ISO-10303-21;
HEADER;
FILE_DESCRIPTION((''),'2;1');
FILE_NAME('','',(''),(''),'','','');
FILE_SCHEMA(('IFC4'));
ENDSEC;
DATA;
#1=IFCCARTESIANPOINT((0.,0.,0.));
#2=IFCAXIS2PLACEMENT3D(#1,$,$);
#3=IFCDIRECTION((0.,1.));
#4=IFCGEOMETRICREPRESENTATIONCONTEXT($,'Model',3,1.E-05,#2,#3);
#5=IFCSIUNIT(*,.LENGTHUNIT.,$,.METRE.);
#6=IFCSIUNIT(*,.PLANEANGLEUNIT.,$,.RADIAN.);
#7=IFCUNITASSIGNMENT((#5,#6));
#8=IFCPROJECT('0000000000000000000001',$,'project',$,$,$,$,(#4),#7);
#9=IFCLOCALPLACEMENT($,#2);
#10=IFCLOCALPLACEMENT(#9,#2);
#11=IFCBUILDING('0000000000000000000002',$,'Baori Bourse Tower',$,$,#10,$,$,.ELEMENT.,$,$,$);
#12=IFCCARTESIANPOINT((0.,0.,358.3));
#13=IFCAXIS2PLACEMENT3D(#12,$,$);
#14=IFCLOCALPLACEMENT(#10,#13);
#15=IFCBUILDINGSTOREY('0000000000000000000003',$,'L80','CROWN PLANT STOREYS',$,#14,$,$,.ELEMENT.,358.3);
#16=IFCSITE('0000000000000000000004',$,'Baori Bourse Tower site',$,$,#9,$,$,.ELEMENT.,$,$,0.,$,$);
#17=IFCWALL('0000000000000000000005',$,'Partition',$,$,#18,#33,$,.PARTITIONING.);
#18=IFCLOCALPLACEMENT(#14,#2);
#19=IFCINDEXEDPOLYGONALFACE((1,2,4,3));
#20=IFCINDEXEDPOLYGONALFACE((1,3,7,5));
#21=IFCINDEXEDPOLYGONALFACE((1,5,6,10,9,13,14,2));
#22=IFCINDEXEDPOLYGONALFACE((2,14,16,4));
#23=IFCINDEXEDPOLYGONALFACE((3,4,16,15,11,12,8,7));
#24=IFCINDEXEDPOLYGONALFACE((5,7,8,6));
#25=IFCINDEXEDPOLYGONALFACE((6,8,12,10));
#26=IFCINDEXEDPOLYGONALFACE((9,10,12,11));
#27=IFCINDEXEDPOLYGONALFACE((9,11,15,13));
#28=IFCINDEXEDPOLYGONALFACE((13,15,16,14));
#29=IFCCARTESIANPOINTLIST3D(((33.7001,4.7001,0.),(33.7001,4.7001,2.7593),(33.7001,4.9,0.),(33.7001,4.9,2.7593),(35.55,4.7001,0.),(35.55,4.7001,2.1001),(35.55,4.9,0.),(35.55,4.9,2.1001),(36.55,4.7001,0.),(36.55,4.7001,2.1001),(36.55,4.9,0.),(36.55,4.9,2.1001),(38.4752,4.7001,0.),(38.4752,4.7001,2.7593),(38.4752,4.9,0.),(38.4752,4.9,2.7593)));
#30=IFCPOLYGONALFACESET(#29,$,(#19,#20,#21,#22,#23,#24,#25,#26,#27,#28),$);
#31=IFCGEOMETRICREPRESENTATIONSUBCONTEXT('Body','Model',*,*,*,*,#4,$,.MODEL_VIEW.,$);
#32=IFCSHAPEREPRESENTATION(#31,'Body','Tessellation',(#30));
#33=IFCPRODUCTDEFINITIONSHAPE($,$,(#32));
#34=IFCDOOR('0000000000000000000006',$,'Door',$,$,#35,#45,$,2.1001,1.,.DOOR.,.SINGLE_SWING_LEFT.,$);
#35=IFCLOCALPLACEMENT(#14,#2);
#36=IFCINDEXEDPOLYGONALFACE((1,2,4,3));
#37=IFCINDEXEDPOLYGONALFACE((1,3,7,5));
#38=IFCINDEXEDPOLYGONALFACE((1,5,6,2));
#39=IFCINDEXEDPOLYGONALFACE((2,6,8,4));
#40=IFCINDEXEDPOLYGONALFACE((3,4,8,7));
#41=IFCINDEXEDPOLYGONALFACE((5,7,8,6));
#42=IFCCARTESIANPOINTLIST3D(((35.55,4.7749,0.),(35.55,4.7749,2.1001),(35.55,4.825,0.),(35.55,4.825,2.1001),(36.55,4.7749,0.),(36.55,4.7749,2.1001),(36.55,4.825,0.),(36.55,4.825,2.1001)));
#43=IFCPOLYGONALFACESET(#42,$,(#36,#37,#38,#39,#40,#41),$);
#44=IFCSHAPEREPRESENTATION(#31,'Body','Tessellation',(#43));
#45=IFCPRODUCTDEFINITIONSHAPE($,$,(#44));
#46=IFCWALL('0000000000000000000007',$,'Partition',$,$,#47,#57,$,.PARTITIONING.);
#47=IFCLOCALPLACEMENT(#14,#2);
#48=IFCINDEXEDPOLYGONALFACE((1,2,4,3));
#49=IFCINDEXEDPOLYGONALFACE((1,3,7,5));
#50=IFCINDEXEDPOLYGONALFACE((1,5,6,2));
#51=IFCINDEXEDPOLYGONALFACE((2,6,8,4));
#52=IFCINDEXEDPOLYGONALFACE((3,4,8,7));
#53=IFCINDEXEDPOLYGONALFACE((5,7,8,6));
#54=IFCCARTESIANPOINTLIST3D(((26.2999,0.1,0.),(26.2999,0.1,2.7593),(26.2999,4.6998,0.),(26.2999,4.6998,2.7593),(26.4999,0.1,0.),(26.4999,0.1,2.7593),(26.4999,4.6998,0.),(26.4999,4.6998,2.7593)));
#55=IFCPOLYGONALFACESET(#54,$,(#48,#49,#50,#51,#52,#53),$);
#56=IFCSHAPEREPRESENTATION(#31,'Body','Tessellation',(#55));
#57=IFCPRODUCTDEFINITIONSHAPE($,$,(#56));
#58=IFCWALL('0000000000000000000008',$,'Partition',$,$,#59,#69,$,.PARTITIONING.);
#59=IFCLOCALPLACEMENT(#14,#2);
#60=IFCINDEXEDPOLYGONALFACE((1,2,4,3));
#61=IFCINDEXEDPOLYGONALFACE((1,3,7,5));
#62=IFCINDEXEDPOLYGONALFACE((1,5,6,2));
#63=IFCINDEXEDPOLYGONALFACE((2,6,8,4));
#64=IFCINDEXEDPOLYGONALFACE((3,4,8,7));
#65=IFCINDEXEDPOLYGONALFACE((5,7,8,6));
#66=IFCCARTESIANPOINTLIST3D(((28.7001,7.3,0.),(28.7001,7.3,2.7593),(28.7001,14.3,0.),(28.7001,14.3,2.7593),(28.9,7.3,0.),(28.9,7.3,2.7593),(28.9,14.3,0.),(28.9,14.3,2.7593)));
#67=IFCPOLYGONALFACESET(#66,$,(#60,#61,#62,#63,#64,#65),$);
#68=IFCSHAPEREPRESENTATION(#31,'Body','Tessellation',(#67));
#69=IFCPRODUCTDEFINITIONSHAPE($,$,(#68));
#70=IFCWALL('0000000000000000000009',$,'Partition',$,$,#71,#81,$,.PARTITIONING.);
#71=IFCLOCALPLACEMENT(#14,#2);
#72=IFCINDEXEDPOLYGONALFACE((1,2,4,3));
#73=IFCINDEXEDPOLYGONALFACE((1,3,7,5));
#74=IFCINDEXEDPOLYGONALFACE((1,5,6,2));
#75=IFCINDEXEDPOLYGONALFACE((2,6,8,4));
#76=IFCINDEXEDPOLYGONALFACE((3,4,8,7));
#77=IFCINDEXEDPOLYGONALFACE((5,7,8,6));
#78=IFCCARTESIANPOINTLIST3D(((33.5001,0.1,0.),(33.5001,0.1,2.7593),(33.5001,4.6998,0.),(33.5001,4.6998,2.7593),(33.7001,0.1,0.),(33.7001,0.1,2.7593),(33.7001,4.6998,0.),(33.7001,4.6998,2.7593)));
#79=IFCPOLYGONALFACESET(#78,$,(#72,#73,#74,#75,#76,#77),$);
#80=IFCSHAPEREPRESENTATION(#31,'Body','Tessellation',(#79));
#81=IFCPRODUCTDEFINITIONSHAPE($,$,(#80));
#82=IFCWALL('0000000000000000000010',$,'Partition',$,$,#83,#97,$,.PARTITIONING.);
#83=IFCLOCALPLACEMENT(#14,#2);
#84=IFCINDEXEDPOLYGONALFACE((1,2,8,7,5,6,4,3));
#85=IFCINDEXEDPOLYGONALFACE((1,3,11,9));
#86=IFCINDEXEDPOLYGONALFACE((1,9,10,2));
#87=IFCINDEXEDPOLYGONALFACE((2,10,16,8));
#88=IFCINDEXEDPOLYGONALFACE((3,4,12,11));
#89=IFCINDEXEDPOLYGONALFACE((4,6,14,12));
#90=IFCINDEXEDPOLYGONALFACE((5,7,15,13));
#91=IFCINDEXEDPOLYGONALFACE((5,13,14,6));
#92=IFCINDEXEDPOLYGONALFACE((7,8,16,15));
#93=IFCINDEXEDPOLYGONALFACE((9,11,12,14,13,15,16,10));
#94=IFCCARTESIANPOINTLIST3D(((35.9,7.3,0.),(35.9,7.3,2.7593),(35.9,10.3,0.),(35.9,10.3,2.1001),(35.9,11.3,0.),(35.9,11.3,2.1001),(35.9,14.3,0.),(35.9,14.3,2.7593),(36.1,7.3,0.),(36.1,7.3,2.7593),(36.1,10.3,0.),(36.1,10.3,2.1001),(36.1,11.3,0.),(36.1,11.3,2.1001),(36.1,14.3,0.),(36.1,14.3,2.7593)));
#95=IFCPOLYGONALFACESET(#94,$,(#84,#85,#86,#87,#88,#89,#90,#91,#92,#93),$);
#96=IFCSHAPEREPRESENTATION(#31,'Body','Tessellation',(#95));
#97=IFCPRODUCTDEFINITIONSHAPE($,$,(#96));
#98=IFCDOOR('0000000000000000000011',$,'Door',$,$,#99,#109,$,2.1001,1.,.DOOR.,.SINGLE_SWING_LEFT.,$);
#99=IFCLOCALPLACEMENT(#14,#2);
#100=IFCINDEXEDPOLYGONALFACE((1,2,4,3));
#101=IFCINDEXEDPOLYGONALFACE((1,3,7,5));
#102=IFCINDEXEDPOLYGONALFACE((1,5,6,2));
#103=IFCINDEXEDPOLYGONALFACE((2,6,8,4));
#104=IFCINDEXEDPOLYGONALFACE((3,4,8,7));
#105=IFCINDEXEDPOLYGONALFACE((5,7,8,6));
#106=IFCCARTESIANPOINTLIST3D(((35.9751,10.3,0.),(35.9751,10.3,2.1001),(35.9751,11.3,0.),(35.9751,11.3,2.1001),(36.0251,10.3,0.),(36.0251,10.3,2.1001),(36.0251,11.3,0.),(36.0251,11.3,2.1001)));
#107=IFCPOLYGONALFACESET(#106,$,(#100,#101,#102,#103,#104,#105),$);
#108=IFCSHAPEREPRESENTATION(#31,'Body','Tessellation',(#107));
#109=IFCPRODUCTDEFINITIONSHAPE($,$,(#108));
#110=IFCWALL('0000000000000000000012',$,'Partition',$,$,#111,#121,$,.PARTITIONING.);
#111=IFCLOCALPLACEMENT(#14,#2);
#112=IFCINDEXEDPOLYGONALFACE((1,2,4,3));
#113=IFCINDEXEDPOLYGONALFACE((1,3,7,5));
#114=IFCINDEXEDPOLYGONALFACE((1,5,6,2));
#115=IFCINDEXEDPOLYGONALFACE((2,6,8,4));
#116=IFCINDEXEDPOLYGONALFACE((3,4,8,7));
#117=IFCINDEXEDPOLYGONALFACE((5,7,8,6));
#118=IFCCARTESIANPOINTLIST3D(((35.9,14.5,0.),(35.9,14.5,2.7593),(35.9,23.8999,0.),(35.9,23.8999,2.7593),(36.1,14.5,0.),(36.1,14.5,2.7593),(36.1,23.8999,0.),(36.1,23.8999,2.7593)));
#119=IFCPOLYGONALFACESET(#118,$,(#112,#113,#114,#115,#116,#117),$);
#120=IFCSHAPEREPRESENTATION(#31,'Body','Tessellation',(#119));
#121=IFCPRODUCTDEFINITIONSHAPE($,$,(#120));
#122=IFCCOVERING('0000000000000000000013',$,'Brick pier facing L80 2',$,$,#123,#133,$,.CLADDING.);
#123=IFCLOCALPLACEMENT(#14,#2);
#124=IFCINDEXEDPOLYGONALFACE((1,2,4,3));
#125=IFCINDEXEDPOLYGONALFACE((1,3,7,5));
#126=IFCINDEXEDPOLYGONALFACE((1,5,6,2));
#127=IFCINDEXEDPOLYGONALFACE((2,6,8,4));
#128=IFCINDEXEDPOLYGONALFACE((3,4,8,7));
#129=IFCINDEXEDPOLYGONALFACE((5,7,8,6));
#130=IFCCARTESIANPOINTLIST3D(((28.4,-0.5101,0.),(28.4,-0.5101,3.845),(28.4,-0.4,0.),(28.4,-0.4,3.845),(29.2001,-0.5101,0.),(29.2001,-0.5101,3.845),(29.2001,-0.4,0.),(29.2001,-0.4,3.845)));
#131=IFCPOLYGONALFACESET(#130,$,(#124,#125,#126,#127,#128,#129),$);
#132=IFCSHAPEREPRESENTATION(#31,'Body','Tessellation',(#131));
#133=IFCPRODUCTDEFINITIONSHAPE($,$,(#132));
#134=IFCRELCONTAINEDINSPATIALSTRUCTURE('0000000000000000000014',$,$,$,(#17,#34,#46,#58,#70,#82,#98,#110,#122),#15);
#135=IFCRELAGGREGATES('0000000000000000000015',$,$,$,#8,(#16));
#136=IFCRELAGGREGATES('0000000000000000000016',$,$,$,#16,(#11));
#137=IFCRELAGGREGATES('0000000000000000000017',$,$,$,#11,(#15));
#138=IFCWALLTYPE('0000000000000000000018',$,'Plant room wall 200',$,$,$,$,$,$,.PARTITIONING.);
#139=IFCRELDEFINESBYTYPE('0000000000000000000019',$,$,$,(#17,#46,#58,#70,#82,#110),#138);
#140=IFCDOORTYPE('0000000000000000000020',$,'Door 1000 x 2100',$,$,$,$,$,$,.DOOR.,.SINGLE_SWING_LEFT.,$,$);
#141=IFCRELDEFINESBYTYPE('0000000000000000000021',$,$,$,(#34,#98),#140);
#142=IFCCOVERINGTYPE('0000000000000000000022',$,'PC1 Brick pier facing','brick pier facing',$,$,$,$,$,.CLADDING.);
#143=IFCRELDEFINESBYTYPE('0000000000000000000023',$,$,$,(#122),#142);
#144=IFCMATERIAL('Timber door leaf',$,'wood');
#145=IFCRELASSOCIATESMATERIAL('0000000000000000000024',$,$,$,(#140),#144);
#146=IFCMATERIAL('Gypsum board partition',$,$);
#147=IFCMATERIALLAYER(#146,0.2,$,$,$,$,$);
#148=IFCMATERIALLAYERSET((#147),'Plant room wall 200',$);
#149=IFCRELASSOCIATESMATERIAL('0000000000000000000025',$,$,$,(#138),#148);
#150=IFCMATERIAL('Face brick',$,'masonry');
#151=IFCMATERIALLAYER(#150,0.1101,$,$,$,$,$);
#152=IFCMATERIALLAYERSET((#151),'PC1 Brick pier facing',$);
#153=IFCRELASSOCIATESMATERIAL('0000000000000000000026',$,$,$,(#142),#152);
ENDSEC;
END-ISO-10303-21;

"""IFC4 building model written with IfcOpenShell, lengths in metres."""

from ifc_helpers import new_model, si_unit, direction, frame, frame_2d, origin, origin_2d, place, context, subcontext, project, spatial, rectangle, extrude, material, layer, layer_set, type_object, element, fill, save


model = new_model("IFC4")

# Units and contexts
model_context = context("Model", 3, precision=1e-05, world=origin(), true_north=direction((0.0, 1.0)))
body_context = subcontext(model_context, "Body", "Model", "MODEL_VIEW")
ifc_project = project(units=[si_unit("LENGTHUNIT", "METRE"), si_unit("PLANEANGLEUNIT", "RADIAN")], contexts=[model_context])

# Site, building, storey
site_placement = place(None, origin())
site = spatial("IfcSite", under=ifc_project, at=site_placement, Name="Baori Bourse Tower site", CompositionType="ELEMENT", RefElevation=0.0)
building_placement = place(site_placement, origin())
building = spatial("IfcBuilding", under=site, at=building_placement, Name="Baori Bourse Tower", CompositionType="ELEMENT")
storey_placement = place(building_placement, frame((0.0, 0.0, 358.3)))
storey = spatial("IfcBuildingStorey", under=building, at=storey_placement, Name="L80", Description="CROWN PLANT STOREYS", CompositionType="ELEMENT", Elevation=358.3)

# Shared definitions
ifc_material_1 = material(Name="Timber door leaf", Category="wood")
door_type = type_object("IfcDoorType", Name="Door 1000 x 2100", OperationType="SINGLE_SWING_LEFT", PredefinedType="DOOR", material=ifc_material_1)

# Wall, opening, door
ifc_material_2 = material(Name="Gypsum board partition")
ifc_layer_1 = layer(ifc_material_2, 0.2)
ifc_layer_set_1 = layer_set([ifc_layer_1], Name="Plant room wall 200")
wall_type_1 = type_object("IfcWallType", Name="Plant room wall 200", PredefinedType="PARTITIONING", material=ifc_layer_set_1)
wall_1_placement = place(storey_placement, frame((33.7, 4.8, 0.0), z_axis=(0.0, 0.0, 1.0), x_axis=(1.0, 0.0, 0.0)))
wall_1 = element("IfcWall", 1, at=wall_1_placement, inside=storey, type_object=wall_type_1, Name="Partition", PredefinedType="PARTITIONING", context=body_context, shape_type="SweptSolid", body=[
    extrude(rectangle(XDim=4.7751, YDim=0.2, at=frame_2d((2.3877, 0.0))), origin(), (0.0, 0.0, 1.0), 2.7593),
])
opening_1_placement = place(wall_1_placement, frame((1.8501, 0.0, 0.0)))
opening_1 = element("IfcOpeningElement", 2, at=opening_1_placement, cuts=wall_1, PredefinedType="OPENING", context=body_context, shape_type="SweptSolid", body=[
    extrude(rectangle(XDim=1.0, YDim=2.1001, at=frame_2d((0.5, 1.05))), frame((0.0, 0.1099, 0.0), z_axis=(0.0, -1.0, 0.0), x_axis=(1.0, 0.0, 0.0)), (0.0, 0.0, 1.0), 0.22),
])
door_1_placement = place(opening_1_placement, origin())
door_1 = element("IfcDoor", 3, at=door_1_placement, inside=storey, type_object=door_type, Name="Door", OperationType="SINGLE_SWING_LEFT", OverallHeight=2.1001, OverallWidth=1.0, PredefinedType="DOOR", context=body_context, shape_type="SweptSolid", body=[
    extrude(rectangle(XDim=1.0, YDim=2.1001, at=frame_2d((0.5, 1.05))), frame((0.0, 0.0249, 0.0), z_axis=(0.0, -1.0, 0.0), x_axis=(1.0, 0.0, 0.0)), (0.0, 0.0, 1.0), 0.05),
])
fill(opening_1, door_1)

# Walls
wall_2_placement = place(storey_placement, frame((26.3999, 0.1001, 0.0), z_axis=(0.0, 0.0, 1.0), x_axis=(0.0, 1.0, 0.0)))
element("IfcWall", 4, at=wall_2_placement, inside=storey, type_object=wall_type_1, Name="Partition", PredefinedType="PARTITIONING", context=body_context, shape_type="SweptSolid", body=[
    extrude(rectangle(XDim=4.5999, YDim=0.2, at=frame_2d((2.2998, 0.0))), origin(), (0.0, 0.0, 1.0), 2.7593),
])
wall_3_placement = place(storey_placement, frame((28.8, 7.3, 0.0), z_axis=(0.0, 0.0, 1.0), x_axis=(0.0, 1.0, 0.0)))
element("IfcWall", 5, at=wall_3_placement, inside=storey, type_object=wall_type_1, Name="Partition", PredefinedType="PARTITIONING", context=body_context, shape_type="SweptSolid", body=[
    extrude(rectangle(XDim=7.0, YDim=0.2, at=frame_2d((3.5, 0.0))), origin(), (0.0, 0.0, 1.0), 2.7593),
])
wall_4_placement = place(storey_placement, frame((33.6001, 0.1001, 0.0), z_axis=(0.0, 0.0, 1.0), x_axis=(0.0, 1.0, 0.0)))
element("IfcWall", 6, at=wall_4_placement, inside=storey, type_object=wall_type_1, Name="Partition", PredefinedType="PARTITIONING", context=body_context, shape_type="SweptSolid", body=[
    extrude(rectangle(XDim=4.5999, YDim=0.2, at=frame_2d((2.2998, 0.0))), origin(), (0.0, 0.0, 1.0), 2.7593),
])

# Wall, opening, door
wall_5_placement = place(storey_placement, frame((36.0, 7.3, 0.0), z_axis=(0.0, 0.0, 1.0), x_axis=(0.0, 1.0, 0.0)))
wall_5 = element("IfcWall", 7, at=wall_5_placement, inside=storey, type_object=wall_type_1, Name="Partition", PredefinedType="PARTITIONING", context=body_context, shape_type="SweptSolid", body=[
    extrude(rectangle(XDim=7.0, YDim=0.2, at=frame_2d((3.5, 0.0))), origin(), (0.0, 0.0, 1.0), 2.7593),
])
opening_2_placement = place(wall_5_placement, frame((3.0, 0.0, 0.0)))
opening_2 = element("IfcOpeningElement", 8, at=opening_2_placement, cuts=wall_5, PredefinedType="OPENING", context=body_context, shape_type="SweptSolid", body=[
    extrude(rectangle(XDim=1.0, YDim=2.1001, at=frame_2d((0.5, 1.05))), frame((0.0, 0.1099, 0.0), z_axis=(0.0, -1.0, 0.0), x_axis=(1.0, 0.0, 0.0)), (0.0, 0.0, 1.0), 0.22),
])
door_2_placement = place(opening_2_placement, origin())
door_2 = element("IfcDoor", 9, at=door_2_placement, inside=storey, type_object=door_type, Name="Door", OperationType="SINGLE_SWING_LEFT", OverallHeight=2.1001, OverallWidth=1.0, PredefinedType="DOOR", context=body_context, shape_type="SweptSolid", body=[
    extrude(rectangle(XDim=1.0, YDim=2.1001, at=frame_2d((0.5, 1.05))), frame((0.0, 0.0249, 0.0), z_axis=(0.0, -1.0, 0.0), x_axis=(1.0, 0.0, 0.0)), (0.0, 0.0, 1.0), 0.05),
])
fill(opening_2, door_2)

# Wall
wall_6_placement = place(storey_placement, frame((36.0, 14.5, 0.0), z_axis=(0.0, 0.0, 1.0), x_axis=(0.0, 1.0, 0.0)))
element("IfcWall", 10, at=wall_6_placement, inside=storey, type_object=wall_type_1, Name="Partition", PredefinedType="PARTITIONING", context=body_context, shape_type="SweptSolid", body=[
    extrude(rectangle(XDim=9.3999, YDim=0.2, at=frame_2d((4.7, 0.0))), origin(), (0.0, 0.0, 1.0), 2.7593),
])

# Covering
ifc_material_3 = material(Name="Face brick", Category="masonry")
ifc_layer_2 = layer(ifc_material_3, 0.1101)
ifc_layer_set_2 = layer_set([ifc_layer_2], Name="PC1 Brick pier facing")
covering_type = type_object("IfcCoveringType", Name="PC1 Brick pier facing", Description="brick pier facing", PredefinedType="CLADDING", material=ifc_layer_set_2)
covering_placement = place(storey_placement, frame((28.8, -0.4551, 0.0), z_axis=(0.0, 0.0, 1.0), x_axis=(1.0, 0.0, 0.0)))
element("IfcCovering", 11, at=covering_placement, inside=storey, type_object=covering_type, Name="Brick pier facing L80 2", PredefinedType="CLADDING", context=body_context, shape_type="SweptSolid", body=[
    extrude(rectangle(XDim=0.8, YDim=0.1101, at=origin_2d()), origin(), (0.0, 0.0, 1.0), 3.845),
])

save(model, "model.ifc")
